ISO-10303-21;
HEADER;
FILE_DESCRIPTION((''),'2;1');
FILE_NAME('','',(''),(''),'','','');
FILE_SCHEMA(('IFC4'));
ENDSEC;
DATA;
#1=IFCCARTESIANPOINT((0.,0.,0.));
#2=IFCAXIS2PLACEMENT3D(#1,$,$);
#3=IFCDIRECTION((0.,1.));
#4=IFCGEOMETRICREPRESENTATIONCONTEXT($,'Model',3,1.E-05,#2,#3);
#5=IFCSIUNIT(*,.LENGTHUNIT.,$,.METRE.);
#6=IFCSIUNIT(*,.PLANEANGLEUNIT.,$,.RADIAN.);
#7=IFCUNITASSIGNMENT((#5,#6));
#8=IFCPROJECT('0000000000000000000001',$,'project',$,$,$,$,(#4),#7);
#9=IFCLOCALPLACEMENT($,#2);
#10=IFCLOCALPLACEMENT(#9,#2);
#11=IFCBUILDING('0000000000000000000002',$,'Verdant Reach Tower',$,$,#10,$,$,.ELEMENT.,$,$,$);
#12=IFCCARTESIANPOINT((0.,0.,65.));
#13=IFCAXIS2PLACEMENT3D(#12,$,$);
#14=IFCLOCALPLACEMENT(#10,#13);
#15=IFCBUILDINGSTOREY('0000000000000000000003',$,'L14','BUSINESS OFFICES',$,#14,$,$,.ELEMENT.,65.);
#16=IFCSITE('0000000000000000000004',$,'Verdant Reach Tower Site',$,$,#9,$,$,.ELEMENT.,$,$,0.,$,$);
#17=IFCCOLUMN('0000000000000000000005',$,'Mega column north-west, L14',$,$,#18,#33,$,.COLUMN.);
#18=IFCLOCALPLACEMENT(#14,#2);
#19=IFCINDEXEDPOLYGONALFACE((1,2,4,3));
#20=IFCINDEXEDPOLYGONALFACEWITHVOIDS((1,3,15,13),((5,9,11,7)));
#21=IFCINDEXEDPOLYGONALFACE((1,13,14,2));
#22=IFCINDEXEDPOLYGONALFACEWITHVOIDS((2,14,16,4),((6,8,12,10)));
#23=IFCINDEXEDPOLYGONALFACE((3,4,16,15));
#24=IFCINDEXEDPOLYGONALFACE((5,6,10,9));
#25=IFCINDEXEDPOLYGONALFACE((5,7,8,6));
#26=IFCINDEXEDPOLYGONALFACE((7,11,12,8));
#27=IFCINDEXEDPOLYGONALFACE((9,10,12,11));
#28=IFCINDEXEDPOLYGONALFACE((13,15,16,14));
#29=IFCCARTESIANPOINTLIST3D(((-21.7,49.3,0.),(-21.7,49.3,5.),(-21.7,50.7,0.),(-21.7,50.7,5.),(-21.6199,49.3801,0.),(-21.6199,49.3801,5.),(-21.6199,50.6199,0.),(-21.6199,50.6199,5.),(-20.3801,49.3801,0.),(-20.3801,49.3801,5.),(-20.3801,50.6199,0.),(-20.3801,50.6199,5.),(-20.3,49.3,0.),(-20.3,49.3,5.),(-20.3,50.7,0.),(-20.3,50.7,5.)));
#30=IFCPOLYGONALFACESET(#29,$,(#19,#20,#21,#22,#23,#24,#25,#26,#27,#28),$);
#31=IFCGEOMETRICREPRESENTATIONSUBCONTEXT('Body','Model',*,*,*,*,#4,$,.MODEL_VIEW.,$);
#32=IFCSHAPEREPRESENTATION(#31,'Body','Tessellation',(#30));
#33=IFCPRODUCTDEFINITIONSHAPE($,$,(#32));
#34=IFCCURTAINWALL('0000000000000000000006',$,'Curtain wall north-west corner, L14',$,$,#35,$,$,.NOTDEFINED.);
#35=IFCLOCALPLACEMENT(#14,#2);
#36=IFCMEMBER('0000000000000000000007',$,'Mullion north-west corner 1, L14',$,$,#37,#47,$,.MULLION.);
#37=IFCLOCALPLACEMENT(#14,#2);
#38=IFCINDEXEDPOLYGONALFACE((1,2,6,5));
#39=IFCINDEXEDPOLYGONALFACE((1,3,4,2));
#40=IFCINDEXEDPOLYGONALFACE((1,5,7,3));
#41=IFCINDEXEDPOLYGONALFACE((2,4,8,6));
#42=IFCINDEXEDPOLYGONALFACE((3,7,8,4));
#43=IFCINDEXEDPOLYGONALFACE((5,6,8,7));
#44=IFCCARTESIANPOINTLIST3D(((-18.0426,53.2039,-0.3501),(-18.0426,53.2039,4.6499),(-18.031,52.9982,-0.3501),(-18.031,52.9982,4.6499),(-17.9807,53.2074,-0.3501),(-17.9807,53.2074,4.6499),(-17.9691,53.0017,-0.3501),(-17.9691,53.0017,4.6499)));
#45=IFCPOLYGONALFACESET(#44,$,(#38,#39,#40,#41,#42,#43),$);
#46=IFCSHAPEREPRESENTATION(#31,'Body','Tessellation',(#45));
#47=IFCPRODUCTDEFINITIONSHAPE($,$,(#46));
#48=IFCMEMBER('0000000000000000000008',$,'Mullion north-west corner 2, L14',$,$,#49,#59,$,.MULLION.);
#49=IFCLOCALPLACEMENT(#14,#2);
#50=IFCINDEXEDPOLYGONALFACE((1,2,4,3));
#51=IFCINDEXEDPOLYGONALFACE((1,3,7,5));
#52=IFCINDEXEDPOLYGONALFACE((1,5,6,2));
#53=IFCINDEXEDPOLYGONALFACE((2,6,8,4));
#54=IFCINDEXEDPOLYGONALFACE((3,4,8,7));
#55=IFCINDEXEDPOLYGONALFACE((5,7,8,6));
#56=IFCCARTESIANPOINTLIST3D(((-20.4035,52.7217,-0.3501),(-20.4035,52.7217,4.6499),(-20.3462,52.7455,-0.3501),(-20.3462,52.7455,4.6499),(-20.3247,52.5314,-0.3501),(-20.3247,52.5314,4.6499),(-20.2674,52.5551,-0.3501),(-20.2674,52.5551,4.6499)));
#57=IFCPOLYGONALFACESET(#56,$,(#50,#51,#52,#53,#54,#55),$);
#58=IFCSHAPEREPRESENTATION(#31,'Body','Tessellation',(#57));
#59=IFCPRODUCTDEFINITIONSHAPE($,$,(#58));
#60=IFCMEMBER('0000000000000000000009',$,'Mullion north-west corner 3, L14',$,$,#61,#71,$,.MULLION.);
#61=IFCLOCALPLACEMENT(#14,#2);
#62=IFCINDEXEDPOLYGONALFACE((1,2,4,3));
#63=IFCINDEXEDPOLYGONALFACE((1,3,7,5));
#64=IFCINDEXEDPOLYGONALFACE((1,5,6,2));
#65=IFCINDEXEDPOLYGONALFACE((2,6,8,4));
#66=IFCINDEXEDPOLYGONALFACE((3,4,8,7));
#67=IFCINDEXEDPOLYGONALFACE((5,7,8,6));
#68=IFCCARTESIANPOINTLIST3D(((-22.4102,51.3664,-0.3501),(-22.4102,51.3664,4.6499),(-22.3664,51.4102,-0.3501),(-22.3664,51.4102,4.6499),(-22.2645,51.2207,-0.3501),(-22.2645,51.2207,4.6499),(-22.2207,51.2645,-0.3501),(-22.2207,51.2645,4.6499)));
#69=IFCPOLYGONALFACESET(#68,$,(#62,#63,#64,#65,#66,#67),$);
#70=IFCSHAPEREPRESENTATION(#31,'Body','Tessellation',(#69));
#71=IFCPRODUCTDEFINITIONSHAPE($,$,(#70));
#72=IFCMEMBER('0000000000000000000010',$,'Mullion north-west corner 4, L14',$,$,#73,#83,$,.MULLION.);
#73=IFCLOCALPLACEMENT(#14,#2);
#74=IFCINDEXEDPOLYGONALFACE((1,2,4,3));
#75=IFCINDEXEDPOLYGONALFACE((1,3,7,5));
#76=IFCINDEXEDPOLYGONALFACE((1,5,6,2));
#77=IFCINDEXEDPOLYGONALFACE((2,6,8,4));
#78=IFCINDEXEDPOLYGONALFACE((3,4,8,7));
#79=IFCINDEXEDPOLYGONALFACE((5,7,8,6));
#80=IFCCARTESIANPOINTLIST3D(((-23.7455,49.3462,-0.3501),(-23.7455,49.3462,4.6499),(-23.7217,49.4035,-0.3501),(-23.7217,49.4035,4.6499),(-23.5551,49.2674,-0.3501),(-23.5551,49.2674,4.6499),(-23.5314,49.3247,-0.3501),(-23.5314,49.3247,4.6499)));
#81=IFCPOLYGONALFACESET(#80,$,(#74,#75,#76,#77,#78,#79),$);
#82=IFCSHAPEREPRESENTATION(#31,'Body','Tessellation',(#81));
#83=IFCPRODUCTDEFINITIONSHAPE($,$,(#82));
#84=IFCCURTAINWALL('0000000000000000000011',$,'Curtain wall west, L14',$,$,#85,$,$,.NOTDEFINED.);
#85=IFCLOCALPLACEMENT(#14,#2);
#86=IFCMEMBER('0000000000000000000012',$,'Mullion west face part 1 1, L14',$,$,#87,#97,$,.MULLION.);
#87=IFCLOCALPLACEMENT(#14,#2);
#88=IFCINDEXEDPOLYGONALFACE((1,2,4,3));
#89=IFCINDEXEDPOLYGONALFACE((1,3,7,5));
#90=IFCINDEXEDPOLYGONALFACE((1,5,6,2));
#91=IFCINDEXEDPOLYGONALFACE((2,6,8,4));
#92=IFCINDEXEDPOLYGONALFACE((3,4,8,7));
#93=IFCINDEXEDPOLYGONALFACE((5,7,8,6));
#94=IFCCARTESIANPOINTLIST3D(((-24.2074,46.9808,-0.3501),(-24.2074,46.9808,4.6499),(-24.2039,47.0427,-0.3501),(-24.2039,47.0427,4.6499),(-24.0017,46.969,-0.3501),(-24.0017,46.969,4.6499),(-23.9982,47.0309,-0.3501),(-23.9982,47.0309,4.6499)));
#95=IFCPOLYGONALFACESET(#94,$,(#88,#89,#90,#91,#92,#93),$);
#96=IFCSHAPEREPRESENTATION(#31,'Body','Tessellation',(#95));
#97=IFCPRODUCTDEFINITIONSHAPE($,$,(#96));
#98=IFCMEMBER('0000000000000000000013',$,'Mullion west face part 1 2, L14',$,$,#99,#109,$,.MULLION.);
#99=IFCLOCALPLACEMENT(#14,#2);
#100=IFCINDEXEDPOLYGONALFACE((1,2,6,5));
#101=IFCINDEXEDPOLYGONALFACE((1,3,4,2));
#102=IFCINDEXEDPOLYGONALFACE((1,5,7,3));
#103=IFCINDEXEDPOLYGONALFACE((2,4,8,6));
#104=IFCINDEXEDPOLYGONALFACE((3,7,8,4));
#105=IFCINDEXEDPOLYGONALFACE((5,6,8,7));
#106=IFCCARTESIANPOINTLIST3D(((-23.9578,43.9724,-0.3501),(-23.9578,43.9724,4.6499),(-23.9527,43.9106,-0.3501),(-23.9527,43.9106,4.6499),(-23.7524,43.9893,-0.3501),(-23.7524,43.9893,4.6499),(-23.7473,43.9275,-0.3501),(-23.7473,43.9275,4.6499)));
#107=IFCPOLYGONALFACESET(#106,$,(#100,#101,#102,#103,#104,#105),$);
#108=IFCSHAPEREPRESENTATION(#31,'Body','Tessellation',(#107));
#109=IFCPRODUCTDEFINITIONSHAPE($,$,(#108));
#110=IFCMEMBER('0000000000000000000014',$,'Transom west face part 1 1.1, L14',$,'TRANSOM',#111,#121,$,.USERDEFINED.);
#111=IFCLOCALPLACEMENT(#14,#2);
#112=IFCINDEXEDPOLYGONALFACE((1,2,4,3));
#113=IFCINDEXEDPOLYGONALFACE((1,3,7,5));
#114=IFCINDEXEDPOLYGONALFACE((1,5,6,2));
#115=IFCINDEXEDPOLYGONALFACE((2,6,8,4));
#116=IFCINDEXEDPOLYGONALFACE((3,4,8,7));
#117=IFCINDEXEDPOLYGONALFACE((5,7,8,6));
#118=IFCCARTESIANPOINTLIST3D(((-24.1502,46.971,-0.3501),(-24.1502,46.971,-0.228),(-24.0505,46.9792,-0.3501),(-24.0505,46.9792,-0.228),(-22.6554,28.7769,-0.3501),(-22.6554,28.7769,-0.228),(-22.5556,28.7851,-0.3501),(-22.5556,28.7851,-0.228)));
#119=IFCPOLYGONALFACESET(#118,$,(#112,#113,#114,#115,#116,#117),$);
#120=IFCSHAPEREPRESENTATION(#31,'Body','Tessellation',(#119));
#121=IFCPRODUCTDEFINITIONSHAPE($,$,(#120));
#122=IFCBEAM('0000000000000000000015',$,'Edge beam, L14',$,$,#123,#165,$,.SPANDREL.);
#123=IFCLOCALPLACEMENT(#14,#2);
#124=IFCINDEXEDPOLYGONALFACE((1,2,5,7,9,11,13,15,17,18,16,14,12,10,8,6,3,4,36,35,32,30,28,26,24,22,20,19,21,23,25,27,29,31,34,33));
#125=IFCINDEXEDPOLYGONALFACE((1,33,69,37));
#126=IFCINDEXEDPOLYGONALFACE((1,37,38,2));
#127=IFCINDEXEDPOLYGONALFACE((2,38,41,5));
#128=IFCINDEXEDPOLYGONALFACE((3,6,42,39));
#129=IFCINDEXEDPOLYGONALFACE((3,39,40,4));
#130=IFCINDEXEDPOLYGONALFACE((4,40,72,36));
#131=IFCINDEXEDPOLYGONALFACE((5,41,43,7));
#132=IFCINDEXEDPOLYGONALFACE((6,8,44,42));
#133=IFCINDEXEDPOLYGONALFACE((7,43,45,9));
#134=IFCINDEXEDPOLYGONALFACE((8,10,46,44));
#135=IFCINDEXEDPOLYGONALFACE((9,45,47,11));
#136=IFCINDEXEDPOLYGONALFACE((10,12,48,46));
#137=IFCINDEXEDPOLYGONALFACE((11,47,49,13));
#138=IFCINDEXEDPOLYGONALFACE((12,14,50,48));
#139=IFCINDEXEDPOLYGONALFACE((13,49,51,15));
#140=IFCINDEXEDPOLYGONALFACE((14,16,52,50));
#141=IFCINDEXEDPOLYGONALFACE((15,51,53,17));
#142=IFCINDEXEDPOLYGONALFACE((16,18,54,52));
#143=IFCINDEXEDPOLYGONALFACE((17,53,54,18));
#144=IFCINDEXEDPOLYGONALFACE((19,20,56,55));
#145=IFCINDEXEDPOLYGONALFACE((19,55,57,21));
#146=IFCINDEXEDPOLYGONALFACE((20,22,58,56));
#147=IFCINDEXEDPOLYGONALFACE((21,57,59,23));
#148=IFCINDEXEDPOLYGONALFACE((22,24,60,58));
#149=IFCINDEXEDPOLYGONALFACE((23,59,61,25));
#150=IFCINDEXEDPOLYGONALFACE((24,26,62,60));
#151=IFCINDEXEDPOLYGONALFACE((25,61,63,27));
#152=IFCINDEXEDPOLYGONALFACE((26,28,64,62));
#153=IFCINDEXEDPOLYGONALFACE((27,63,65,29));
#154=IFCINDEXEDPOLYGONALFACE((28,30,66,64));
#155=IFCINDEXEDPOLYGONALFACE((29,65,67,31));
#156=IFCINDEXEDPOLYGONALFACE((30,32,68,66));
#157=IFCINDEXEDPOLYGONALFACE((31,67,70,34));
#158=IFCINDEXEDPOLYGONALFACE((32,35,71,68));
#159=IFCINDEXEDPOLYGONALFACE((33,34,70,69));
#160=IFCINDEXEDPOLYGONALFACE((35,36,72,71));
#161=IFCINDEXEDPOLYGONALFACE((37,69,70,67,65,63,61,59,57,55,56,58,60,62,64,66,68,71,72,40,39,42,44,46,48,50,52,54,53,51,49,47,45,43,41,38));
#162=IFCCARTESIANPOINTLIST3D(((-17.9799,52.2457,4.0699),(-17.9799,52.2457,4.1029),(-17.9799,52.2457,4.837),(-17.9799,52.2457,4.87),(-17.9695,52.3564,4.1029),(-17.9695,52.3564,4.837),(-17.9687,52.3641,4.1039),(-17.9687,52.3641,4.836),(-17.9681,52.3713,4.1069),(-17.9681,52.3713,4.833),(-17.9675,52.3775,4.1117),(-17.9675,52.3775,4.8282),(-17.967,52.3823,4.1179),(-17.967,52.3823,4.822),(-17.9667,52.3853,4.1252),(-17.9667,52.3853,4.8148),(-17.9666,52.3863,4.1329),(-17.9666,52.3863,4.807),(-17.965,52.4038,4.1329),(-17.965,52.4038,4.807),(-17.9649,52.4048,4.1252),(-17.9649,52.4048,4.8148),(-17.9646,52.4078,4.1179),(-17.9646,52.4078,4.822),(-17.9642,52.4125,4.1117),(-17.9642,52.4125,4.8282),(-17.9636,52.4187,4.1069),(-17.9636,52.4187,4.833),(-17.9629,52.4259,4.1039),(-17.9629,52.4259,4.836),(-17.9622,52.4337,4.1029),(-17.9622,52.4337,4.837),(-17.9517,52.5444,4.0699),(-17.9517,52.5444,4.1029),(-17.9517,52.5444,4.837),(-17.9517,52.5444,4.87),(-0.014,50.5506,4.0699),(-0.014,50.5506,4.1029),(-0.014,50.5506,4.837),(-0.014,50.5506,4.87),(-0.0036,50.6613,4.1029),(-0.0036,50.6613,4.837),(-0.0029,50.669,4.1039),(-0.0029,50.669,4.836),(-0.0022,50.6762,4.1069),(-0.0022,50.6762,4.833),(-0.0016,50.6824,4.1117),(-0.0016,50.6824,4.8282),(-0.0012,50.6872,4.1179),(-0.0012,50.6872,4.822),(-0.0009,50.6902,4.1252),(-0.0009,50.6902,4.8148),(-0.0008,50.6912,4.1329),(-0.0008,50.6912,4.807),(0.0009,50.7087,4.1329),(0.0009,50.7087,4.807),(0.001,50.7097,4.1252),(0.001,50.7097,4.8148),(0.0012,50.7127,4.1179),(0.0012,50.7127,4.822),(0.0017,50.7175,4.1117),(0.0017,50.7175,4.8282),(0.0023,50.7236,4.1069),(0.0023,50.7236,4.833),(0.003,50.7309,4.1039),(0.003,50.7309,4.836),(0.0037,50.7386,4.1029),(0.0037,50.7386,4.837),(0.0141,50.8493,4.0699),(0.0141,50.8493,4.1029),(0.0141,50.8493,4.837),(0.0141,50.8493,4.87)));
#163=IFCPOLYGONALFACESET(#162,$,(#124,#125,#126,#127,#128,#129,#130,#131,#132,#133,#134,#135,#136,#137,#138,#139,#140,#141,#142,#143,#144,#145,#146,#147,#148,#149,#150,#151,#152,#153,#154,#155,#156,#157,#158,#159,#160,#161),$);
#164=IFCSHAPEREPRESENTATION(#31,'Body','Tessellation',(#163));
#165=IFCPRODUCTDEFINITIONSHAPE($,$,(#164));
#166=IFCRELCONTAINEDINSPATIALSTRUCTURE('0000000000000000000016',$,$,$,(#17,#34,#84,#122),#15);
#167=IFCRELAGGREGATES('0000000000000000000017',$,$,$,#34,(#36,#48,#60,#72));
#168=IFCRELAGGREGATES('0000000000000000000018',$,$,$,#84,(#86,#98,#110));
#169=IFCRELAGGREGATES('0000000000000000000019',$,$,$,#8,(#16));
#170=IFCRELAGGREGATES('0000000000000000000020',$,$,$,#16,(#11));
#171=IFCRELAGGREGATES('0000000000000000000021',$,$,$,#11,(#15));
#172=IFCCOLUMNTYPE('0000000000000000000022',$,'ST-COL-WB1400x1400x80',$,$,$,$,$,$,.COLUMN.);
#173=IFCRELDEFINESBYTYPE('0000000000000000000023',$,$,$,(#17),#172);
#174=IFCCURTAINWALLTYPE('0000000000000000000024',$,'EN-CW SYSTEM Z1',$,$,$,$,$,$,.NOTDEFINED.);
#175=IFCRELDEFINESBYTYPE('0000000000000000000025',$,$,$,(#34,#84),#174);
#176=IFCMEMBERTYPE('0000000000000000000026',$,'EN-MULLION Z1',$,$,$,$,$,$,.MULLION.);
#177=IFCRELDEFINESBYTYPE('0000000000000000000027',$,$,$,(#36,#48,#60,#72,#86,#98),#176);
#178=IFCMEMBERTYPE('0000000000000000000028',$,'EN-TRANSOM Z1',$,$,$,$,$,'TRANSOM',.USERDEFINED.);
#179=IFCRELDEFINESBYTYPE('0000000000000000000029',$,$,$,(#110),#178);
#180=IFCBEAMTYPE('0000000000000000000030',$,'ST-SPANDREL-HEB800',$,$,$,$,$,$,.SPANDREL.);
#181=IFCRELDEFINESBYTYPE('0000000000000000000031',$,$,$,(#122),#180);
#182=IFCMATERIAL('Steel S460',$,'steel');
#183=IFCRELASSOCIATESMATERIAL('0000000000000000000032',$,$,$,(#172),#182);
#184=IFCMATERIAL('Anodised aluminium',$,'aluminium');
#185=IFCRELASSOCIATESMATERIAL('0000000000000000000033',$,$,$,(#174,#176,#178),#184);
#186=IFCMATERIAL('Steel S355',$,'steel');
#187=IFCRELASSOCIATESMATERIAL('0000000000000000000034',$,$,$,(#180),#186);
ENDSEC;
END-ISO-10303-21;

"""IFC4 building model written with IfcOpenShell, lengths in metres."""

from ifc_helpers import new_model, si_unit, direction, frame, origin, origin_2d, place, context, subcontext, project, spatial, rectangle, hollow_rectangle, i_section, extrude, material, material_profile, profile_set, type_object, element, aggregate, save


model = new_model("IFC4")

# Units and contexts
model_context = context("Model", 3, precision=1e-05, world=origin(), true_north=direction((0.0, 1.0)))
body_context = subcontext(model_context, "Body", "Model", "MODEL_VIEW")
ifc_project = project(units=[si_unit("LENGTHUNIT", "METRE"), si_unit("PLANEANGLEUNIT", "RADIAN")], contexts=[model_context])

# Site, building, storey
site_placement = place(None, origin())
site = spatial("IfcSite", under=ifc_project, at=site_placement, Name="Verdant Reach Tower Site", CompositionType="ELEMENT", RefElevation=0.0)
building_placement = place(site_placement, origin())
building = spatial("IfcBuilding", under=site, at=building_placement, Name="Verdant Reach Tower", CompositionType="ELEMENT")
storey_placement = place(building_placement, frame((0.0, 0.0, 65.0)))
storey = spatial("IfcBuildingStorey", under=building, at=storey_placement, Name="L14", Description="BUSINESS OFFICES", CompositionType="ELEMENT", Elevation=65.0)

# Column
ifc_material_1 = material(Name="Steel S460", Category="steel")
ifc_material_profile_1 = material_profile(ifc_material_1, hollow_rectangle(XDim=1.3999, YDim=1.3999, WallThickness=0.0801, at=origin_2d()), Name="WB 1400x1400x80")
ifc_profile_set_1 = profile_set([ifc_material_profile_1], Name="Steel S460")
column_type = type_object("IfcColumnType", Name="ST-COL-WB1400x1400x80", PredefinedType="COLUMN", material=ifc_profile_set_1)
column_placement = place(storey_placement, frame((-21.0, 50.0, 0.0), z_axis=(0.0, 0.0, 1.0), x_axis=(1.0, 0.0, 0.0)))
element("IfcColumn", 1, at=column_placement, inside=storey, type_object=column_type, Name="Mega column north-west, L14", PredefinedType="COLUMN", context=body_context, shape_type="SweptSolid", body=[
    extrude(hollow_rectangle(XDim=1.3999, YDim=1.3999, WallThickness=0.0801, at=origin_2d()), origin(), (0.0, 0.0, 1.0), 5.0),
])

# Curtain walls, members
ifc_material_2 = material(Name="Anodised aluminium", Category="aluminium")
curtain_wall_type = type_object("IfcCurtainWallType", Name="EN-CW SYSTEM Z1", PredefinedType="NOTDEFINED", material=ifc_material_2)
curtain_wall_1_placement = place(storey_placement, origin())
curtain_wall_1 = element("IfcCurtainWall", 2, at=curtain_wall_1_placement, inside=storey, type_object=curtain_wall_type, Name="Curtain wall north-west corner, L14", PredefinedType="NOTDEFINED")
ifc_material_profile_2 = material_profile(ifc_material_2, rectangle(XDim=0.2061, YDim=0.062, at=origin_2d()), Name="Mullion 62x206")
ifc_profile_set_2 = profile_set([ifc_material_profile_2], Name="Anodised aluminium")
member_type_1 = type_object("IfcMemberType", Name="EN-MULLION Z1", PredefinedType="MULLION", material=ifc_profile_set_2)
member_1_placement = place(storey_placement, frame((-18.0059, 53.1028, -0.3501), z_axis=(0.0, 0.0, 1.0), x_axis=(-0.056569, 0.998399, 0.0)))
member_1 = element("IfcMember", 3, at=member_1_placement, type_object=member_type_1, Name="Mullion north-west corner 1, L14", PredefinedType="MULLION", context=body_context, shape_type="SweptSolid", body=[
    extrude(rectangle(XDim=0.2061, YDim=0.062, at=origin_2d()), origin(), (0.0, 0.0, 1.0), 5.0),
])
member_2_placement = place(storey_placement, frame((-20.3354, 52.6384, -0.3501), z_axis=(0.0, 0.0, 1.0), x_axis=(-0.382694, 0.923875, 0.0)))
member_2 = element("IfcMember", 4, at=member_2_placement, type_object=member_type_1, Name="Mullion north-west corner 2, L14", PredefinedType="MULLION", context=body_context, shape_type="SweptSolid", body=[
    extrude(rectangle(XDim=0.2061, YDim=0.062, at=origin_2d()), origin(), (0.0, 0.0, 1.0), 5.0),
])
member_3_placement = place(storey_placement, frame((-22.3154, 51.3154, -0.3501), z_axis=(0.0, 0.0, 1.0), x_axis=(-0.707107, 0.707107, 0.0)))
member_3 = element("IfcMember", 5, at=member_3_placement, type_object=member_type_1, Name="Mullion north-west corner 3, L14", PredefinedType="MULLION", context=body_context, shape_type="SweptSolid", body=[
    extrude(rectangle(XDim=0.2061, YDim=0.062, at=origin_2d()), origin(), (0.0, 0.0, 1.0), 5.0),
])
member_4_placement = place(storey_placement, frame((-23.6384, 49.3354, -0.3501), z_axis=(0.0, 0.0, 1.0), x_axis=(-0.923875, 0.382694, 0.0)))
member_4 = element("IfcMember", 6, at=member_4_placement, type_object=member_type_1, Name="Mullion north-west corner 4, L14", PredefinedType="MULLION", context=body_context, shape_type="SweptSolid", body=[
    extrude(rectangle(XDim=0.2061, YDim=0.062, at=origin_2d()), origin(), (0.0, 0.0, 1.0), 5.0),
])
curtain_wall_2_placement = place(storey_placement, origin())
curtain_wall_2 = element("IfcCurtainWall", 7, at=curtain_wall_2_placement, inside=storey, type_object=curtain_wall_type, Name="Curtain wall west, L14", PredefinedType="NOTDEFINED")
member_5_placement = place(storey_placement, frame((-24.1028, 47.0059, -0.3501), z_axis=(0.0, 0.0, 1.0), x_axis=(-0.998366, 0.057135, 0.0)))
member_5 = element("IfcMember", 8, at=member_5_placement, type_object=member_type_1, Name="Mullion west face part 1 1, L14", PredefinedType="MULLION", context=body_context, shape_type="SweptSolid", body=[
    extrude(rectangle(XDim=0.2061, YDim=0.062, at=origin_2d()), origin(), (0.0, 0.0, 1.0), 5.0),
])
member_6_placement = place(storey_placement, frame((-23.8525, 43.95, -0.3501), z_axis=(0.0, 0.0, 1.0), x_axis=(-0.996639, -0.081916, 0.0)))
member_6 = element("IfcMember", 9, at=member_6_placement, type_object=member_type_1, Name="Mullion west face part 1 2, L14", PredefinedType="MULLION", context=body_context, shape_type="SweptSolid", body=[
    extrude(rectangle(XDim=0.2061, YDim=0.062, at=origin_2d()), origin(), (0.0, 0.0, 1.0), 5.0),
])
ifc_material_profile_3 = material_profile(ifc_material_2, rectangle(XDim=0.1001, YDim=0.1221, at=origin_2d()), Name="Transom 122x100")
ifc_profile_set_3 = profile_set([ifc_material_profile_3], Name="Anodised aluminium")
member_type_2 = type_object("IfcMemberType", Name="EN-TRANSOM Z1", ElementType="TRANSOM", PredefinedType="USERDEFINED", material=ifc_profile_set_3)
member_7_placement = place(storey_placement, frame((-24.1003, 46.9751, -0.2891), z_axis=(0.081887, -0.996642, 0.0), x_axis=(0.996642, 0.081887, 0.0)))
member_7 = element("IfcMember", 10, at=member_7_placement, type_object=member_type_2, Name="Transom west face part 1 1.1, L14", ObjectType="TRANSOM", PredefinedType="USERDEFINED", context=body_context, shape_type="SweptSolid", body=[
    extrude(rectangle(XDim=0.1001, YDim=0.1221, at=origin_2d()), origin(), (0.0, 0.0, 1.0), 18.2554),
])

# Beam
ifc_material_3 = material(Name="Steel S355", Category="steel")
ifc_material_profile_4 = material_profile(ifc_material_3, i_section(OverallWidth=0.3, OverallDepth=0.8, WebThickness=0.0176, FlangeThickness=0.033, FilletRadius=0.03, at=origin_2d()), Name="HEB 800")
ifc_profile_set_4 = profile_set([ifc_material_profile_4], Name="Steel S355")
beam_type_1 = type_object("IfcBeamType", Name="ST-SPANDREL-HEB800", PredefinedType="SPANDREL", material=ifc_profile_set_4)
beam_1_placement = place(storey_placement, frame((-17.9658, 52.395, 4.47), z_axis=(0.995579, -0.093932, 0.0), x_axis=(0.093932, 0.995579, 0.0)))
element("IfcBeam", 11, at=beam_1_placement, inside=storey, type_object=beam_type_1, Name="Edge beam, L14", PredefinedType="SPANDREL", context=body_context, shape_type="SweptSolid", body=[
    extrude(i_section(OverallWidth=0.3, OverallDepth=0.8, WebThickness=0.0176, FlangeThickness=0.033, FilletRadius=0.03, at=origin_2d()), origin(), (0.0, 0.0, 1.0), 18.0457),
])

aggregate(curtain_wall_1, [member_1, member_2, member_3, member_4])
aggregate(curtain_wall_2, [member_5, member_6, member_7])

save(model, "model.ifc")
